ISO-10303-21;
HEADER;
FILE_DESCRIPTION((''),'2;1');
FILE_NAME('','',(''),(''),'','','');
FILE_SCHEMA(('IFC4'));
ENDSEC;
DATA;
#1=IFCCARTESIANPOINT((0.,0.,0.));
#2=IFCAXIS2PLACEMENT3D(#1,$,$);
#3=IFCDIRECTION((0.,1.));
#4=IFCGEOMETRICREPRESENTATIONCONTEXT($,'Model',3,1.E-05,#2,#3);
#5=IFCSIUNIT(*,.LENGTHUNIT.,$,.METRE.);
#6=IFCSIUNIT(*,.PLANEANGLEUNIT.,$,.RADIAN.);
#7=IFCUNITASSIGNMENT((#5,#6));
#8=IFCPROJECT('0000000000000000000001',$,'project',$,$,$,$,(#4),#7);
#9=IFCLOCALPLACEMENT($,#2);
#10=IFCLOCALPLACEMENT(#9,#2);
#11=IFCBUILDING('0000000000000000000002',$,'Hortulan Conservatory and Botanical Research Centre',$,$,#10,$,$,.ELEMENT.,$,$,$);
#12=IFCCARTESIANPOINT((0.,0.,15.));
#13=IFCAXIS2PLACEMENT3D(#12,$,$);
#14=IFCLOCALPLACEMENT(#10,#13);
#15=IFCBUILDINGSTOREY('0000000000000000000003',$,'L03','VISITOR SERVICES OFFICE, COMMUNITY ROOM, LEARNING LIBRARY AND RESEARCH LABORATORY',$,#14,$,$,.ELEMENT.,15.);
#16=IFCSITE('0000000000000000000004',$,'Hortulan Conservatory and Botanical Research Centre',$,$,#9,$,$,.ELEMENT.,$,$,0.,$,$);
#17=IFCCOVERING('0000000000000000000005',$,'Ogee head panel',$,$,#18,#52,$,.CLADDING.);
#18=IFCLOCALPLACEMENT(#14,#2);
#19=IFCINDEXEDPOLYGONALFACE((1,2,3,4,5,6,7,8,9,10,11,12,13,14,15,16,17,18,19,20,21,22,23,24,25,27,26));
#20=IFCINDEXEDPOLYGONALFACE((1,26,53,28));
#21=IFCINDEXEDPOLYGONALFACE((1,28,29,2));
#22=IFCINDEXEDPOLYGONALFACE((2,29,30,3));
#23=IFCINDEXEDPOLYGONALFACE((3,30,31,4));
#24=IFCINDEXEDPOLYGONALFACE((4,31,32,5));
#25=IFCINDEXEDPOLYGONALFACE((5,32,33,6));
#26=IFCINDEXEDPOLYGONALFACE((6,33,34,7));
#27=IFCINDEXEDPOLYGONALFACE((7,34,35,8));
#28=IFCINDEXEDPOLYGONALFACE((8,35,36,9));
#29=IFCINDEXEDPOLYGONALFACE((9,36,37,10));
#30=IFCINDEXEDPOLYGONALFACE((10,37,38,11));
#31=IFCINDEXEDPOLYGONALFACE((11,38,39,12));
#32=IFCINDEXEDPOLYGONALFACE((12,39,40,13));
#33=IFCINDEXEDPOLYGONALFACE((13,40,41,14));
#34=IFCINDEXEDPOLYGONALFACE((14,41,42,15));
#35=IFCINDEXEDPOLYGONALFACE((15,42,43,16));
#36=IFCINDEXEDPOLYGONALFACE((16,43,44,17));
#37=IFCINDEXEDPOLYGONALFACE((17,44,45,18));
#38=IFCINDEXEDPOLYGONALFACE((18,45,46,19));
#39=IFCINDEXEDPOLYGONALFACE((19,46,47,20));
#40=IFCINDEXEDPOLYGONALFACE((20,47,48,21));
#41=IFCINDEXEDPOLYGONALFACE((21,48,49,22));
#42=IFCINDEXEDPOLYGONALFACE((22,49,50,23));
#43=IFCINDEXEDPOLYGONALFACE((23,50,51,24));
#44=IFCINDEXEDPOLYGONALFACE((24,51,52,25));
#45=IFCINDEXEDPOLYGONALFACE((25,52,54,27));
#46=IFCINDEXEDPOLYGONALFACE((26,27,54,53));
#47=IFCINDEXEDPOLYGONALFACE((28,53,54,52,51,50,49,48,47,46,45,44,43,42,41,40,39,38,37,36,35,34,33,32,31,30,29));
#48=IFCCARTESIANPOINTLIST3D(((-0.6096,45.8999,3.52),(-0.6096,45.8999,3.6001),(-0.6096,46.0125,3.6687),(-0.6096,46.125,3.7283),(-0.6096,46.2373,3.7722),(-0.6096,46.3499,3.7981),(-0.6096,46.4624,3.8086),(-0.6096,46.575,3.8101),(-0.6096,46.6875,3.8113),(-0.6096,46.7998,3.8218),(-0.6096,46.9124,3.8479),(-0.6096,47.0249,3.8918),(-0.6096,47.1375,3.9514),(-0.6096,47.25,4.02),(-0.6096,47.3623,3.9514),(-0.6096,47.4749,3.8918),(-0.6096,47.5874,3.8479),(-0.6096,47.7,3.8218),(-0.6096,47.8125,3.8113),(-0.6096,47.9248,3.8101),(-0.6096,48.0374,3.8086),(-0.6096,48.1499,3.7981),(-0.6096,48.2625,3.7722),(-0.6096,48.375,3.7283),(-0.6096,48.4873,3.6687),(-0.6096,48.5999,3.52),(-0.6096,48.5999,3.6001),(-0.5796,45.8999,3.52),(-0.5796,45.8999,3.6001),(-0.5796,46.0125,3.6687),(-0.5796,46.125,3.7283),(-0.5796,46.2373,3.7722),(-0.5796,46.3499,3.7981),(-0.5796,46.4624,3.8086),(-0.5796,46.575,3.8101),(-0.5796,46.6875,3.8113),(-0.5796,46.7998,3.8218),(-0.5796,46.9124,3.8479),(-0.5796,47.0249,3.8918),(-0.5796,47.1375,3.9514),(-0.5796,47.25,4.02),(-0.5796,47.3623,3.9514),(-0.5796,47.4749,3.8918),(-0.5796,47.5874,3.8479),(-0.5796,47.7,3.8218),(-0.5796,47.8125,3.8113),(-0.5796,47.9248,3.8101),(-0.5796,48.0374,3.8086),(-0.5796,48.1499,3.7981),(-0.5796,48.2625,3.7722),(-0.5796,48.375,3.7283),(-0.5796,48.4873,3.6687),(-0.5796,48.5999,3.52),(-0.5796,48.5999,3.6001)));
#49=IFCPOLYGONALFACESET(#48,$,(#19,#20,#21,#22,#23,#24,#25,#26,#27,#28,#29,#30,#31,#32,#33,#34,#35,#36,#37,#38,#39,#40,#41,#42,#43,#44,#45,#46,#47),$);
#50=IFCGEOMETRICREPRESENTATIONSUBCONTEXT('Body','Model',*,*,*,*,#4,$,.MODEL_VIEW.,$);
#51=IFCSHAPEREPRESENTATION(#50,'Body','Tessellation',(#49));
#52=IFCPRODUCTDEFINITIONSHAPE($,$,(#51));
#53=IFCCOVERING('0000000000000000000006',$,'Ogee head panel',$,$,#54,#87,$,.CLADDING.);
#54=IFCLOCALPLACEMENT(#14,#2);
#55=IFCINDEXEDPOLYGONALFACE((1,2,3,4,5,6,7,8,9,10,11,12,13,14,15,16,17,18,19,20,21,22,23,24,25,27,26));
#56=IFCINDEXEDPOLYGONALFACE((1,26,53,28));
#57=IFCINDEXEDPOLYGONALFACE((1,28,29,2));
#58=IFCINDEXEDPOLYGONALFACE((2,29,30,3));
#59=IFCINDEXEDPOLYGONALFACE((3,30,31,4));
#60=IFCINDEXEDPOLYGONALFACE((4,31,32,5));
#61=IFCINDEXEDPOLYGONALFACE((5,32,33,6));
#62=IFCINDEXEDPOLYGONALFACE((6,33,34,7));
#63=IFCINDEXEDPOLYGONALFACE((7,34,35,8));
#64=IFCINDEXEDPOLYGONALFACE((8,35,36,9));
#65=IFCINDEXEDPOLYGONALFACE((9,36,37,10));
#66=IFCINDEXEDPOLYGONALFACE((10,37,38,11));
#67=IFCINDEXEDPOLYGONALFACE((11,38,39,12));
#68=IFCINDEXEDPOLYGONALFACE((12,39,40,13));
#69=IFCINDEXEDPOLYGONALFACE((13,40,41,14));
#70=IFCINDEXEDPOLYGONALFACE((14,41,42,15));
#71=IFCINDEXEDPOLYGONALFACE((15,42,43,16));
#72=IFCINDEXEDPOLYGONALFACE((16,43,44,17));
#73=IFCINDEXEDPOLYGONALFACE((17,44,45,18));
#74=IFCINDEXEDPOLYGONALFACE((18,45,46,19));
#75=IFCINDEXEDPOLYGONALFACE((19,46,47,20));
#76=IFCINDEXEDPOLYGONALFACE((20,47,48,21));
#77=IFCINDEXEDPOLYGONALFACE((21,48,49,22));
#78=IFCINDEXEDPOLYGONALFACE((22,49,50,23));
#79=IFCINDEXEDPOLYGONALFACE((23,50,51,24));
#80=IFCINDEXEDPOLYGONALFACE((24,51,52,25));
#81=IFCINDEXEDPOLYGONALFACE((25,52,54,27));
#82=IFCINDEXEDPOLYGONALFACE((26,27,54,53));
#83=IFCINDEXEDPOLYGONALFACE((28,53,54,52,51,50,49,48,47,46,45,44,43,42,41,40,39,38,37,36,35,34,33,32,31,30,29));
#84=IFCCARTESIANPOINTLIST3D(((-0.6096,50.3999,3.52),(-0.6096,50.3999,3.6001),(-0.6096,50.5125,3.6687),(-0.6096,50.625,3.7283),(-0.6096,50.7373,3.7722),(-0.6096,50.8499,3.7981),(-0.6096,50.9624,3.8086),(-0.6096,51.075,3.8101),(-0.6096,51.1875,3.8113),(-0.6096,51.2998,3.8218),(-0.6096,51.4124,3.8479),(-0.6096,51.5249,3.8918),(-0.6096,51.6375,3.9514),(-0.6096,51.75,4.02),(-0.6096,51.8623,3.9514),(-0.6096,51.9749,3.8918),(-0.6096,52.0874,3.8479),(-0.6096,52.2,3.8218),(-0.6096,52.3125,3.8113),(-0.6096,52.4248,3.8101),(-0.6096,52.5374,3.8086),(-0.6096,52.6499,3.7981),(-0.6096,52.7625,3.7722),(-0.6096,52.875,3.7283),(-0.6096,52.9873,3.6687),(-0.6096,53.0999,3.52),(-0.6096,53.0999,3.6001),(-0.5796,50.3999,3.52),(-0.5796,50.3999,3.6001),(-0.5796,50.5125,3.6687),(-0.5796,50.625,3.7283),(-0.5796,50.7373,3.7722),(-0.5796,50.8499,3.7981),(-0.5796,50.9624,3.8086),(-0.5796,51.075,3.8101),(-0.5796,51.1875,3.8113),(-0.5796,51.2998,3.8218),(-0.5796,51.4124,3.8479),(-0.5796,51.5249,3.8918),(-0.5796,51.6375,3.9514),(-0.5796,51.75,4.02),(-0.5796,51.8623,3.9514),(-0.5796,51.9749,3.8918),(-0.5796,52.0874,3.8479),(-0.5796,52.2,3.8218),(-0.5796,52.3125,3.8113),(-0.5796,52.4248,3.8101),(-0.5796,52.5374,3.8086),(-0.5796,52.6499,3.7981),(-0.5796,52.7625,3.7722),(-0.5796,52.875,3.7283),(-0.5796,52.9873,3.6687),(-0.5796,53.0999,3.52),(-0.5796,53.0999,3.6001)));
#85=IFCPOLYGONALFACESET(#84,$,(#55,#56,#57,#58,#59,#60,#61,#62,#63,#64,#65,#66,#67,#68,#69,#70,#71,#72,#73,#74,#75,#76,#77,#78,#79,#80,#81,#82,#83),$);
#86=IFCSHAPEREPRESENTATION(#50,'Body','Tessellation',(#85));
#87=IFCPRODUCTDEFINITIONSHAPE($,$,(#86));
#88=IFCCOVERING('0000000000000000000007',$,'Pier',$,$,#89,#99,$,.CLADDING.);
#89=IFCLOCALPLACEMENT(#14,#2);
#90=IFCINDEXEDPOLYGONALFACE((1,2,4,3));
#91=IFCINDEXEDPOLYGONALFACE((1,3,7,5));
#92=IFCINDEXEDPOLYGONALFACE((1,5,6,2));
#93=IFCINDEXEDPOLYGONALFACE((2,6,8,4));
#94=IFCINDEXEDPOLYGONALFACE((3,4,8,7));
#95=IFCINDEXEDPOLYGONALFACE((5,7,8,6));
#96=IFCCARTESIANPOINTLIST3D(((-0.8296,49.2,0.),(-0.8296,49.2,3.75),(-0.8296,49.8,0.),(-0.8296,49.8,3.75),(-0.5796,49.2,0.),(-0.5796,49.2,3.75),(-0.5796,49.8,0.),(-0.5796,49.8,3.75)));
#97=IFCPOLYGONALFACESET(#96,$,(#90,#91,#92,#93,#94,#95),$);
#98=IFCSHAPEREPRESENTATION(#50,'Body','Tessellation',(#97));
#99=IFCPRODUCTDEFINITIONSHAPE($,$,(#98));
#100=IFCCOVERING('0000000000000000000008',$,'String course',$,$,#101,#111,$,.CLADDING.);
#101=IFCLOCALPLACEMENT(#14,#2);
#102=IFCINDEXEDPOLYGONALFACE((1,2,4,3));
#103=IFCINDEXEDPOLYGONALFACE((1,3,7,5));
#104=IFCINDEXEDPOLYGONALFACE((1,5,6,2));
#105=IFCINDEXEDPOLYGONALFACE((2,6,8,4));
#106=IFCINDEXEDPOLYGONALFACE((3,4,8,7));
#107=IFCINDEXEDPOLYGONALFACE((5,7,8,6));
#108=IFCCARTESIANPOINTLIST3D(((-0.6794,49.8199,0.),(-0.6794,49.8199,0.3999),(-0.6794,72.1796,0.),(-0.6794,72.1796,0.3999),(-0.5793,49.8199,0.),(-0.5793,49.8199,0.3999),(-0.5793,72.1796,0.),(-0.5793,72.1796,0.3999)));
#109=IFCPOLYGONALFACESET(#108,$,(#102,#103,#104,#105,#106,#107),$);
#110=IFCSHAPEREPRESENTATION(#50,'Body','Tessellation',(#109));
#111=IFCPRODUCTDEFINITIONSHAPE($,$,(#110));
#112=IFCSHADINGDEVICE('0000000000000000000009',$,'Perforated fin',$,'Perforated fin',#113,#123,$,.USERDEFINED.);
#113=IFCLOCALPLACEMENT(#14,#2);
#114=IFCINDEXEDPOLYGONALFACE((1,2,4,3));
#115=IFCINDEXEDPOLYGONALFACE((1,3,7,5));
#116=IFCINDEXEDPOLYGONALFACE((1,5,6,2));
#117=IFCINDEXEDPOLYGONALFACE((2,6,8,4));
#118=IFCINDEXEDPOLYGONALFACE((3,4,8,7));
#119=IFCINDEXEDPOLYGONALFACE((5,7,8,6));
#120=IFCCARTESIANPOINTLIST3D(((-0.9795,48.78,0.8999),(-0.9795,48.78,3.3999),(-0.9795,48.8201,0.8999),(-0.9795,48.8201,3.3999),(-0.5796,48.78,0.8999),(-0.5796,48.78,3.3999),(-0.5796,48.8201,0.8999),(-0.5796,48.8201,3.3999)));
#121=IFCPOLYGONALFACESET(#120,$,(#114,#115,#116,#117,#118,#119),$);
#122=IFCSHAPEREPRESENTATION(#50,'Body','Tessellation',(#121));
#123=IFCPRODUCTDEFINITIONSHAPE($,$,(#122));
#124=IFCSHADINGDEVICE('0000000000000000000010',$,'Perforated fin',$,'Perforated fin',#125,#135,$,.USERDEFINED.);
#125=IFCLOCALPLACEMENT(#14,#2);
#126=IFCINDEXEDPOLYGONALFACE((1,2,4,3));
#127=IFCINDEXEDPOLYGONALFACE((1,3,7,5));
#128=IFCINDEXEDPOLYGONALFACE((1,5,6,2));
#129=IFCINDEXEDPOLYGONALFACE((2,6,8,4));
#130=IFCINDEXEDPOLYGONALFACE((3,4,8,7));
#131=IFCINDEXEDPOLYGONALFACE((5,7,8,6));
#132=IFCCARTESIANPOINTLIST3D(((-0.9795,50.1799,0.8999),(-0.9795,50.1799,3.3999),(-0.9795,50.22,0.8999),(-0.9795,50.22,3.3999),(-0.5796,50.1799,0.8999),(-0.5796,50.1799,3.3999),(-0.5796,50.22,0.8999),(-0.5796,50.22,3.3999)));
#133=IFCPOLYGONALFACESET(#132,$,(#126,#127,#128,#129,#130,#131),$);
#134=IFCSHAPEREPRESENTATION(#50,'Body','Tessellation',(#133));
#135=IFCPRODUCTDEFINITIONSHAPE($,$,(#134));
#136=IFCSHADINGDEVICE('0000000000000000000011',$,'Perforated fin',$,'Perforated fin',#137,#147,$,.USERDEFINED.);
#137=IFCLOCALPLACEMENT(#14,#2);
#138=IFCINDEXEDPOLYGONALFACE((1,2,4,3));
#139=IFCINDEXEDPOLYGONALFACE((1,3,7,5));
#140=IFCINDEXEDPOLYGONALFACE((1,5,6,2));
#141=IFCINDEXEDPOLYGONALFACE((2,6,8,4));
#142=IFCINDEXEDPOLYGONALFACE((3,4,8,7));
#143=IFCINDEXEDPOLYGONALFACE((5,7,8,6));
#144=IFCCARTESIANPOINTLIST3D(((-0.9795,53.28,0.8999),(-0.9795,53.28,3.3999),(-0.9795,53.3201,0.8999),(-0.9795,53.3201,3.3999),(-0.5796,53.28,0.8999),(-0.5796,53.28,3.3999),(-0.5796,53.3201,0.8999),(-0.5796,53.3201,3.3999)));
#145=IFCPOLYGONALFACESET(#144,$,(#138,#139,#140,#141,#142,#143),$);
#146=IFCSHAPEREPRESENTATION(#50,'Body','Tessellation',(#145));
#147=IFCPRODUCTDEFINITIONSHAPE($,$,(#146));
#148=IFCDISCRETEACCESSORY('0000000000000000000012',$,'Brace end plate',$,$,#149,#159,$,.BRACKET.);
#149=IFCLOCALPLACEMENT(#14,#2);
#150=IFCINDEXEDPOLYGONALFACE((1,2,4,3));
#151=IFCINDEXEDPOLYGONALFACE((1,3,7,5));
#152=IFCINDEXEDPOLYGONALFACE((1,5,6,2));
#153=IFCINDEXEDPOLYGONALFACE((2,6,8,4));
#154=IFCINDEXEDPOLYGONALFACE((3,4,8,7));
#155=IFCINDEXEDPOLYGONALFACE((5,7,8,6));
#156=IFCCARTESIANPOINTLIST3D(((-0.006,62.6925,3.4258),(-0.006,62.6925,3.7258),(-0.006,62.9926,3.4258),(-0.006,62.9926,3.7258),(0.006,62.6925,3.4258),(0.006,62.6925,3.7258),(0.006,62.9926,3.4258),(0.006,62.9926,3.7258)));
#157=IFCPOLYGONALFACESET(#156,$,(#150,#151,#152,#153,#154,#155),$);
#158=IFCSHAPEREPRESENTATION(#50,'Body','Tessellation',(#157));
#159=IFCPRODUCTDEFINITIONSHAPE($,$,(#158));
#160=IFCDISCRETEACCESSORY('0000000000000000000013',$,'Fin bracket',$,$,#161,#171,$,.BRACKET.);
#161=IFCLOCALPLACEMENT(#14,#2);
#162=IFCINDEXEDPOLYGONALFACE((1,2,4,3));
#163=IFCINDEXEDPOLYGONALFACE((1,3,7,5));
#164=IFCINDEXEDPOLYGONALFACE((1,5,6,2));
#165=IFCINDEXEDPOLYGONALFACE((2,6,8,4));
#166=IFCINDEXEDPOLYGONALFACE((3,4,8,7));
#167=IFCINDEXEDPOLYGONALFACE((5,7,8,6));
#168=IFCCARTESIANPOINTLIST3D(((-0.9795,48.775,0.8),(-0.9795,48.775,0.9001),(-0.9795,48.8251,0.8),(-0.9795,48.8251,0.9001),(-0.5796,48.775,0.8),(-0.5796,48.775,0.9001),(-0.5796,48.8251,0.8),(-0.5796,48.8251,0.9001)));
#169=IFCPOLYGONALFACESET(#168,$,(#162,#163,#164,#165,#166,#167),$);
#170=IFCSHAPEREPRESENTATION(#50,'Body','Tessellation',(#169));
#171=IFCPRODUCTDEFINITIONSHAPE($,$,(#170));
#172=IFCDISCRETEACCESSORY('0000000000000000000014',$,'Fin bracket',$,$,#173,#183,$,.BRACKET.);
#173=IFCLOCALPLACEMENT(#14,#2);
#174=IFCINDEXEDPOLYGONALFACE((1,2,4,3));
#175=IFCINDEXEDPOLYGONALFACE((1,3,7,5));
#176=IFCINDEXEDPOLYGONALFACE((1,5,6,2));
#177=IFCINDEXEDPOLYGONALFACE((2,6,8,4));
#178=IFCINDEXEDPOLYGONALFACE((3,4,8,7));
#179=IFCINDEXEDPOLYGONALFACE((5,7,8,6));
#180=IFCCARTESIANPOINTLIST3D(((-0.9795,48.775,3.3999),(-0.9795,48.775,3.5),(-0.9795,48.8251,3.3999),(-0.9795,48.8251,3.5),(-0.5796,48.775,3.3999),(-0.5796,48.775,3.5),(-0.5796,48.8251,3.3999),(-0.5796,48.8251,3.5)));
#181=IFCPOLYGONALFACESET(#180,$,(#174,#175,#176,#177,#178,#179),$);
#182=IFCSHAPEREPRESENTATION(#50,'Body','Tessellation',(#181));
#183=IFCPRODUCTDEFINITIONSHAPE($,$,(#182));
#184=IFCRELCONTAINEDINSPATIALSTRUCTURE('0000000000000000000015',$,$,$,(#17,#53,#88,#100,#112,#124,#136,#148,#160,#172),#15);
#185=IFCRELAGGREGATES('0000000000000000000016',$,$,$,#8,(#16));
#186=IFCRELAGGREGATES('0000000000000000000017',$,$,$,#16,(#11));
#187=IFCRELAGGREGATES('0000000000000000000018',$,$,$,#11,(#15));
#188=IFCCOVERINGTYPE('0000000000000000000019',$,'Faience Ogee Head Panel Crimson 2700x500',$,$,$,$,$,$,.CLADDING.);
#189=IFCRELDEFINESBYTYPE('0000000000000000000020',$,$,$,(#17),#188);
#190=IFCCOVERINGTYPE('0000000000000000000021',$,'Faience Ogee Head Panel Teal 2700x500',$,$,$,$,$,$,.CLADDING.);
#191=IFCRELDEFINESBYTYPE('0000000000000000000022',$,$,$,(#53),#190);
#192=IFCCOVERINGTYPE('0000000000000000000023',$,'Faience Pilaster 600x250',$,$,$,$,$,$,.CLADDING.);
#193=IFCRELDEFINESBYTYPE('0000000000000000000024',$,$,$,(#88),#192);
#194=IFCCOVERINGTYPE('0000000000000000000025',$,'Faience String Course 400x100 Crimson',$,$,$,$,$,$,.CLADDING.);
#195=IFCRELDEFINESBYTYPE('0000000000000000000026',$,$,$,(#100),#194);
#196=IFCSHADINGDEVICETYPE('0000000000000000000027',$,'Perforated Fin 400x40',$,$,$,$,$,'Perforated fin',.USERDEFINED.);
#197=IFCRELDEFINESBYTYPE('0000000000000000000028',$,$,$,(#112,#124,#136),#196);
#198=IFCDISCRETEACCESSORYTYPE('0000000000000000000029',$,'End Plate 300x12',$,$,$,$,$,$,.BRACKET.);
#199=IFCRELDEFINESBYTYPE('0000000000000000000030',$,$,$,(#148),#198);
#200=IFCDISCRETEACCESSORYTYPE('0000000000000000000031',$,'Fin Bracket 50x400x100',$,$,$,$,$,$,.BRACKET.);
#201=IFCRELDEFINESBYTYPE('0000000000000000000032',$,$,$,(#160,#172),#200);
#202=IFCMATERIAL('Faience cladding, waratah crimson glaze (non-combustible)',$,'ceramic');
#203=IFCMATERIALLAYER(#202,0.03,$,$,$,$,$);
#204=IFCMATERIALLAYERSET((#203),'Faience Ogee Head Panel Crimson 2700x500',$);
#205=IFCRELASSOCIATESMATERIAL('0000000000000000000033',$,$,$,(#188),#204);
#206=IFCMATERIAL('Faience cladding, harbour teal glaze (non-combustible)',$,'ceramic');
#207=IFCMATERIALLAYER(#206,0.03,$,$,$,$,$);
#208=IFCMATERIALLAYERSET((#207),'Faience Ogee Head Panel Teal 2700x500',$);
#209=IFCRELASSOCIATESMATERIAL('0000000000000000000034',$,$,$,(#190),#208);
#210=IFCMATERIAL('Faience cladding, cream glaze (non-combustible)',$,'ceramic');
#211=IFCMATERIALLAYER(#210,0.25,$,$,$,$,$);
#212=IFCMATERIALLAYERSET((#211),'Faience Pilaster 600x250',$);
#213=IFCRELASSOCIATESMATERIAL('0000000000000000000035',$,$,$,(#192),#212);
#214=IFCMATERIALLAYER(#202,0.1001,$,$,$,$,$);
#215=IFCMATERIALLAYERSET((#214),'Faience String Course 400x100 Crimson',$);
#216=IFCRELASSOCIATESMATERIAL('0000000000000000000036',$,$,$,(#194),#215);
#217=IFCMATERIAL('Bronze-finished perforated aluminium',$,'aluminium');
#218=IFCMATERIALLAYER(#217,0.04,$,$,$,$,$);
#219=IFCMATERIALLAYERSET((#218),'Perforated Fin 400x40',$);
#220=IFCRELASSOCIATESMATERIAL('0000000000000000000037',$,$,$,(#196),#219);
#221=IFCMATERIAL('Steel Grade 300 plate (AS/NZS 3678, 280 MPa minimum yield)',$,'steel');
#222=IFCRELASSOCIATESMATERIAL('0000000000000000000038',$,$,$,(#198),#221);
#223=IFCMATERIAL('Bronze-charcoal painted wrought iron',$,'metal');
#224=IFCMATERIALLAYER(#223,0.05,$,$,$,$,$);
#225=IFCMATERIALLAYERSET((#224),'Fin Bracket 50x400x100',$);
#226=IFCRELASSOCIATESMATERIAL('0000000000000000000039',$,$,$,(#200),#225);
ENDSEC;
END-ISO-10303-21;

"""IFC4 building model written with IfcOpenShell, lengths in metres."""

from ifc_helpers import new_model, si_unit, direction, frame, origin, origin_2d, place, context, subcontext, project, spatial, polyline, rectangle, outline, extrude, material, layer, layer_set, type_object, element, save


model = new_model("IFC4")

# Units and contexts
model_context = context("Model", 3, precision=1e-05, world=origin(), true_north=direction((0.0, 1.0)))
body_context = subcontext(model_context, "Body", "Model", "MODEL_VIEW")
ifc_project = project(units=[si_unit("LENGTHUNIT", "METRE"), si_unit("PLANEANGLEUNIT", "RADIAN")], contexts=[model_context])

# Site, building, storey
site_placement = place(None, origin())
site = spatial("IfcSite", under=ifc_project, at=site_placement, Name="Hortulan Conservatory and Botanical Research Centre", CompositionType="ELEMENT", RefElevation=0.0)
building_placement = place(site_placement, origin())
building = spatial("IfcBuilding", under=site, at=building_placement, Name="Hortulan Conservatory and Botanical Research Centre", CompositionType="ELEMENT")
storey_placement = place(building_placement, frame((0.0, 0.0, 15.0)))
storey = spatial("IfcBuildingStorey", under=building, at=storey_placement, Name="L03", Description="VISITOR SERVICES OFFICE, COMMUNITY ROOM, LEARNING LIBRARY AND RESEARCH LABORATORY", CompositionType="ELEMENT", Elevation=15.0)

# Coverings
ifc_material_1 = material(Name="Faience cladding, waratah crimson glaze (non-combustible)", Category="ceramic")
ifc_layer_1 = layer(ifc_material_1, 0.03)
ifc_layer_set_1 = layer_set([ifc_layer_1], Name="Faience Ogee Head Panel Crimson 2700x500")
covering_type_1 = type_object("IfcCoveringType", Name="Faience Ogee Head Panel Crimson 2700x500", PredefinedType="CLADDING", material=ifc_layer_set_1)
covering_1_placement = place(storey_placement, frame((-0.5945, 45.8999, 3.52), z_axis=(0.0, 0.0, 1.0), x_axis=(0.0, 1.0, 0.0)))
element("IfcCovering", 1, at=covering_1_placement, inside=storey, type_object=covering_type_1, Name="Ogee head panel", PredefinedType="CLADDING", context=body_context, shape_type="SweptSolid", body=[
    extrude(outline(polyline([(0.0, 0.0), (2.7, 0.0), (2.7, 0.0801), (2.5874, 0.1487), (2.4751, 0.2083), (2.3625, 0.2522), (2.25, 0.2781), (2.1375, 0.2886), (2.0249, 0.29), (1.9126, 0.2913), (1.8, 0.3018), (1.6875, 0.3279), (1.575, 0.3718), (1.4624, 0.4314), (1.3501, 0.5), (1.2375, 0.4314), (1.125, 0.3718), (1.0125, 0.3279), (0.8999, 0.3018), (0.7876, 0.2913), (0.675, 0.29), (0.5625, 0.2886), (0.45, 0.2781), (0.3374, 0.2522), (0.2251, 0.2083), (0.1125, 0.1487), (0.0, 0.0801), (0.0, 0.0)])), frame((0.0, 0.0151, 0.0), z_axis=(0.0, -1.0, 0.0), x_axis=(1.0, 0.0, 0.0)), (0.0, 0.0, 1.0), 0.03),
])
ifc_material_2 = material(Name="Faience cladding, harbour teal glaze (non-combustible)", Category="ceramic")
ifc_layer_2 = layer(ifc_material_2, 0.03)
ifc_layer_set_2 = layer_set([ifc_layer_2], Name="Faience Ogee Head Panel Teal 2700x500")
covering_type_2 = type_object("IfcCoveringType", Name="Faience Ogee Head Panel Teal 2700x500", PredefinedType="CLADDING", material=ifc_layer_set_2)
covering_2_placement = place(storey_placement, frame((-0.5945, 50.3999, 3.52), z_axis=(0.0, 0.0, 1.0), x_axis=(0.0, 1.0, 0.0)))
element("IfcCovering", 2, at=covering_2_placement, inside=storey, type_object=covering_type_2, Name="Ogee head panel", PredefinedType="CLADDING", context=body_context, shape_type="SweptSolid", body=[
    extrude(outline(polyline([(0.0, 0.0), (2.7, 0.0), (2.7, 0.0801), (2.5874, 0.1487), (2.4751, 0.2083), (2.3625, 0.2522), (2.25, 0.2781), (2.1375, 0.2886), (2.0249, 0.29), (1.9126, 0.2913), (1.8, 0.3018), (1.6875, 0.3279), (1.575, 0.3718), (1.4624, 0.4314), (1.3501, 0.5), (1.2375, 0.4314), (1.125, 0.3718), (1.0125, 0.3279), (0.8999, 0.3018), (0.7876, 0.2913), (0.675, 0.29), (0.5625, 0.2886), (0.45, 0.2781), (0.3374, 0.2522), (0.2251, 0.2083), (0.1125, 0.1487), (0.0, 0.0801), (0.0, 0.0)])), frame((0.0, 0.0151, 0.0), z_axis=(0.0, -1.0, 0.0), x_axis=(1.0, 0.0, 0.0)), (0.0, 0.0, 1.0), 0.03),
])
ifc_material_3 = material(Name="Faience cladding, cream glaze (non-combustible)", Category="ceramic")
ifc_layer_3 = layer(ifc_material_3, 0.25)
ifc_layer_set_3 = layer_set([ifc_layer_3], Name="Faience Pilaster 600x250")
covering_type_3 = type_object("IfcCoveringType", Name="Faience Pilaster 600x250", PredefinedType="CLADDING", material=ifc_layer_set_3)
covering_3_placement = place(storey_placement, frame((-0.7046, 49.5, 0.0), z_axis=(0.0, 0.0, 1.0), x_axis=(0.0, 1.0, 0.0)))
element("IfcCovering", 3, at=covering_3_placement, inside=storey, type_object=covering_type_3, Name="Pier", PredefinedType="CLADDING", context=body_context, shape_type="SweptSolid", body=[
    extrude(rectangle(XDim=0.6001, YDim=0.25, at=origin_2d()), origin(), (0.0, 0.0, 1.0), 3.75),
])
ifc_layer_4 = layer(ifc_material_1, 0.1001)
ifc_layer_set_4 = layer_set([ifc_layer_4], Name="Faience String Course 400x100 Crimson")
covering_type_4 = type_object("IfcCoveringType", Name="Faience String Course 400x100 Crimson", PredefinedType="CLADDING", material=ifc_layer_set_4)
covering_4_placement = place(storey_placement, frame((-0.6294, 60.9998, 0.0), z_axis=(0.0, 0.0, 1.0), x_axis=(0.0, 1.0, 0.0)))
element("IfcCovering", 4, at=covering_4_placement, inside=storey, type_object=covering_type_4, Name="String course", PredefinedType="CLADDING", context=body_context, shape_type="SweptSolid", body=[
    extrude(rectangle(XDim=22.3596, YDim=0.1001, at=origin_2d()), origin(), (0.0, 0.0, 1.0), 0.3999),
])

# Shading devices
ifc_material_4 = material(Name="Bronze-finished perforated aluminium", Category="aluminium")
ifc_layer_5 = layer(ifc_material_4, 0.04)
ifc_layer_set_5 = layer_set([ifc_layer_5], Name="Perforated Fin 400x40")
shading_device_type = type_object("IfcShadingDeviceType", Name="Perforated Fin 400x40", ElementType="Perforated fin", PredefinedType="USERDEFINED", material=ifc_layer_set_5)
for number, where, z_axis, x_axis, name in (
    (5, (-0.7795, 48.8, 0.8999), (0.0, 0.0, 1.0), (0.0, 1.0, 0.0), "Perforated fin"),
    (6, (-0.7795, 50.2, 0.8999), (0.0, 0.0, 1.0), (0.0, 1.0, 0.0), "Perforated fin"),
    (7, (-0.7795, 53.3, 0.8999), (0.0, 0.0, 1.0), (0.0, 1.0, 0.0), "Perforated fin"),
):
    element("IfcShadingDevice", number, at=place(storey_placement, frame(where, z_axis=z_axis, x_axis=x_axis)), inside=storey, type_object=shading_device_type, Name=name, ObjectType="Perforated fin", PredefinedType="USERDEFINED", context=body_context, shape_type="SweptSolid", body=[
        extrude(rectangle(XDim=0.04, YDim=0.3999, at=origin_2d()), origin(), (0.0, 0.0, 1.0), 2.5),
    ])

# Discrete accessories
ifc_material_5 = material(Name="Steel Grade 300 plate (AS/NZS 3678, 280 MPa minimum yield)", Category="steel")
discrete_accessory_type_1 = type_object("IfcDiscreteAccessoryType", Name="End Plate 300x12", PredefinedType="BRACKET", material=ifc_material_5)
discrete_accessory_placement = place(storey_placement, frame((0.0, 62.8425, 3.4258), z_axis=(0.0, 0.0, 1.0), x_axis=(0.0, -1.0, 0.0)))
element("IfcDiscreteAccessory", 8, at=discrete_accessory_placement, inside=storey, type_object=discrete_accessory_type_1, Name="Brace end plate", PredefinedType="BRACKET", context=body_context, shape_type="SweptSolid", body=[
    extrude(rectangle(XDim=0.3, YDim=0.012, at=origin_2d()), origin(), (0.0, 0.0, 1.0), 0.3),
])
ifc_material_6 = material(Name="Bronze-charcoal painted wrought iron", Category="metal")
ifc_layer_6 = layer(ifc_material_6, 0.05)
ifc_layer_set_6 = layer_set([ifc_layer_6], Name="Fin Bracket 50x400x100")
discrete_accessory_type_2 = type_object("IfcDiscreteAccessoryType", Name="Fin Bracket 50x400x100", PredefinedType="BRACKET", material=ifc_layer_set_6)
for number, where, z_axis, x_axis, name in (
    (9, (-0.7795, 48.8, 0.8), (0.0, 0.0, 1.0), (0.0, 1.0, 0.0), "Fin bracket"),
    (10, (-0.7795, 48.8, 3.3999), (0.0, 0.0, 1.0), (0.0, 1.0, 0.0), "Fin bracket"),
):
    element("IfcDiscreteAccessory", number, at=place(storey_placement, frame(where, z_axis=z_axis, x_axis=x_axis)), inside=storey, type_object=discrete_accessory_type_2, Name=name, PredefinedType="BRACKET", context=body_context, shape_type="SweptSolid", body=[
        extrude(rectangle(XDim=0.05, YDim=0.3999, at=origin_2d()), origin(), (0.0, 0.0, 1.0), 0.1001),
    ])

save(model, "model.ifc")
